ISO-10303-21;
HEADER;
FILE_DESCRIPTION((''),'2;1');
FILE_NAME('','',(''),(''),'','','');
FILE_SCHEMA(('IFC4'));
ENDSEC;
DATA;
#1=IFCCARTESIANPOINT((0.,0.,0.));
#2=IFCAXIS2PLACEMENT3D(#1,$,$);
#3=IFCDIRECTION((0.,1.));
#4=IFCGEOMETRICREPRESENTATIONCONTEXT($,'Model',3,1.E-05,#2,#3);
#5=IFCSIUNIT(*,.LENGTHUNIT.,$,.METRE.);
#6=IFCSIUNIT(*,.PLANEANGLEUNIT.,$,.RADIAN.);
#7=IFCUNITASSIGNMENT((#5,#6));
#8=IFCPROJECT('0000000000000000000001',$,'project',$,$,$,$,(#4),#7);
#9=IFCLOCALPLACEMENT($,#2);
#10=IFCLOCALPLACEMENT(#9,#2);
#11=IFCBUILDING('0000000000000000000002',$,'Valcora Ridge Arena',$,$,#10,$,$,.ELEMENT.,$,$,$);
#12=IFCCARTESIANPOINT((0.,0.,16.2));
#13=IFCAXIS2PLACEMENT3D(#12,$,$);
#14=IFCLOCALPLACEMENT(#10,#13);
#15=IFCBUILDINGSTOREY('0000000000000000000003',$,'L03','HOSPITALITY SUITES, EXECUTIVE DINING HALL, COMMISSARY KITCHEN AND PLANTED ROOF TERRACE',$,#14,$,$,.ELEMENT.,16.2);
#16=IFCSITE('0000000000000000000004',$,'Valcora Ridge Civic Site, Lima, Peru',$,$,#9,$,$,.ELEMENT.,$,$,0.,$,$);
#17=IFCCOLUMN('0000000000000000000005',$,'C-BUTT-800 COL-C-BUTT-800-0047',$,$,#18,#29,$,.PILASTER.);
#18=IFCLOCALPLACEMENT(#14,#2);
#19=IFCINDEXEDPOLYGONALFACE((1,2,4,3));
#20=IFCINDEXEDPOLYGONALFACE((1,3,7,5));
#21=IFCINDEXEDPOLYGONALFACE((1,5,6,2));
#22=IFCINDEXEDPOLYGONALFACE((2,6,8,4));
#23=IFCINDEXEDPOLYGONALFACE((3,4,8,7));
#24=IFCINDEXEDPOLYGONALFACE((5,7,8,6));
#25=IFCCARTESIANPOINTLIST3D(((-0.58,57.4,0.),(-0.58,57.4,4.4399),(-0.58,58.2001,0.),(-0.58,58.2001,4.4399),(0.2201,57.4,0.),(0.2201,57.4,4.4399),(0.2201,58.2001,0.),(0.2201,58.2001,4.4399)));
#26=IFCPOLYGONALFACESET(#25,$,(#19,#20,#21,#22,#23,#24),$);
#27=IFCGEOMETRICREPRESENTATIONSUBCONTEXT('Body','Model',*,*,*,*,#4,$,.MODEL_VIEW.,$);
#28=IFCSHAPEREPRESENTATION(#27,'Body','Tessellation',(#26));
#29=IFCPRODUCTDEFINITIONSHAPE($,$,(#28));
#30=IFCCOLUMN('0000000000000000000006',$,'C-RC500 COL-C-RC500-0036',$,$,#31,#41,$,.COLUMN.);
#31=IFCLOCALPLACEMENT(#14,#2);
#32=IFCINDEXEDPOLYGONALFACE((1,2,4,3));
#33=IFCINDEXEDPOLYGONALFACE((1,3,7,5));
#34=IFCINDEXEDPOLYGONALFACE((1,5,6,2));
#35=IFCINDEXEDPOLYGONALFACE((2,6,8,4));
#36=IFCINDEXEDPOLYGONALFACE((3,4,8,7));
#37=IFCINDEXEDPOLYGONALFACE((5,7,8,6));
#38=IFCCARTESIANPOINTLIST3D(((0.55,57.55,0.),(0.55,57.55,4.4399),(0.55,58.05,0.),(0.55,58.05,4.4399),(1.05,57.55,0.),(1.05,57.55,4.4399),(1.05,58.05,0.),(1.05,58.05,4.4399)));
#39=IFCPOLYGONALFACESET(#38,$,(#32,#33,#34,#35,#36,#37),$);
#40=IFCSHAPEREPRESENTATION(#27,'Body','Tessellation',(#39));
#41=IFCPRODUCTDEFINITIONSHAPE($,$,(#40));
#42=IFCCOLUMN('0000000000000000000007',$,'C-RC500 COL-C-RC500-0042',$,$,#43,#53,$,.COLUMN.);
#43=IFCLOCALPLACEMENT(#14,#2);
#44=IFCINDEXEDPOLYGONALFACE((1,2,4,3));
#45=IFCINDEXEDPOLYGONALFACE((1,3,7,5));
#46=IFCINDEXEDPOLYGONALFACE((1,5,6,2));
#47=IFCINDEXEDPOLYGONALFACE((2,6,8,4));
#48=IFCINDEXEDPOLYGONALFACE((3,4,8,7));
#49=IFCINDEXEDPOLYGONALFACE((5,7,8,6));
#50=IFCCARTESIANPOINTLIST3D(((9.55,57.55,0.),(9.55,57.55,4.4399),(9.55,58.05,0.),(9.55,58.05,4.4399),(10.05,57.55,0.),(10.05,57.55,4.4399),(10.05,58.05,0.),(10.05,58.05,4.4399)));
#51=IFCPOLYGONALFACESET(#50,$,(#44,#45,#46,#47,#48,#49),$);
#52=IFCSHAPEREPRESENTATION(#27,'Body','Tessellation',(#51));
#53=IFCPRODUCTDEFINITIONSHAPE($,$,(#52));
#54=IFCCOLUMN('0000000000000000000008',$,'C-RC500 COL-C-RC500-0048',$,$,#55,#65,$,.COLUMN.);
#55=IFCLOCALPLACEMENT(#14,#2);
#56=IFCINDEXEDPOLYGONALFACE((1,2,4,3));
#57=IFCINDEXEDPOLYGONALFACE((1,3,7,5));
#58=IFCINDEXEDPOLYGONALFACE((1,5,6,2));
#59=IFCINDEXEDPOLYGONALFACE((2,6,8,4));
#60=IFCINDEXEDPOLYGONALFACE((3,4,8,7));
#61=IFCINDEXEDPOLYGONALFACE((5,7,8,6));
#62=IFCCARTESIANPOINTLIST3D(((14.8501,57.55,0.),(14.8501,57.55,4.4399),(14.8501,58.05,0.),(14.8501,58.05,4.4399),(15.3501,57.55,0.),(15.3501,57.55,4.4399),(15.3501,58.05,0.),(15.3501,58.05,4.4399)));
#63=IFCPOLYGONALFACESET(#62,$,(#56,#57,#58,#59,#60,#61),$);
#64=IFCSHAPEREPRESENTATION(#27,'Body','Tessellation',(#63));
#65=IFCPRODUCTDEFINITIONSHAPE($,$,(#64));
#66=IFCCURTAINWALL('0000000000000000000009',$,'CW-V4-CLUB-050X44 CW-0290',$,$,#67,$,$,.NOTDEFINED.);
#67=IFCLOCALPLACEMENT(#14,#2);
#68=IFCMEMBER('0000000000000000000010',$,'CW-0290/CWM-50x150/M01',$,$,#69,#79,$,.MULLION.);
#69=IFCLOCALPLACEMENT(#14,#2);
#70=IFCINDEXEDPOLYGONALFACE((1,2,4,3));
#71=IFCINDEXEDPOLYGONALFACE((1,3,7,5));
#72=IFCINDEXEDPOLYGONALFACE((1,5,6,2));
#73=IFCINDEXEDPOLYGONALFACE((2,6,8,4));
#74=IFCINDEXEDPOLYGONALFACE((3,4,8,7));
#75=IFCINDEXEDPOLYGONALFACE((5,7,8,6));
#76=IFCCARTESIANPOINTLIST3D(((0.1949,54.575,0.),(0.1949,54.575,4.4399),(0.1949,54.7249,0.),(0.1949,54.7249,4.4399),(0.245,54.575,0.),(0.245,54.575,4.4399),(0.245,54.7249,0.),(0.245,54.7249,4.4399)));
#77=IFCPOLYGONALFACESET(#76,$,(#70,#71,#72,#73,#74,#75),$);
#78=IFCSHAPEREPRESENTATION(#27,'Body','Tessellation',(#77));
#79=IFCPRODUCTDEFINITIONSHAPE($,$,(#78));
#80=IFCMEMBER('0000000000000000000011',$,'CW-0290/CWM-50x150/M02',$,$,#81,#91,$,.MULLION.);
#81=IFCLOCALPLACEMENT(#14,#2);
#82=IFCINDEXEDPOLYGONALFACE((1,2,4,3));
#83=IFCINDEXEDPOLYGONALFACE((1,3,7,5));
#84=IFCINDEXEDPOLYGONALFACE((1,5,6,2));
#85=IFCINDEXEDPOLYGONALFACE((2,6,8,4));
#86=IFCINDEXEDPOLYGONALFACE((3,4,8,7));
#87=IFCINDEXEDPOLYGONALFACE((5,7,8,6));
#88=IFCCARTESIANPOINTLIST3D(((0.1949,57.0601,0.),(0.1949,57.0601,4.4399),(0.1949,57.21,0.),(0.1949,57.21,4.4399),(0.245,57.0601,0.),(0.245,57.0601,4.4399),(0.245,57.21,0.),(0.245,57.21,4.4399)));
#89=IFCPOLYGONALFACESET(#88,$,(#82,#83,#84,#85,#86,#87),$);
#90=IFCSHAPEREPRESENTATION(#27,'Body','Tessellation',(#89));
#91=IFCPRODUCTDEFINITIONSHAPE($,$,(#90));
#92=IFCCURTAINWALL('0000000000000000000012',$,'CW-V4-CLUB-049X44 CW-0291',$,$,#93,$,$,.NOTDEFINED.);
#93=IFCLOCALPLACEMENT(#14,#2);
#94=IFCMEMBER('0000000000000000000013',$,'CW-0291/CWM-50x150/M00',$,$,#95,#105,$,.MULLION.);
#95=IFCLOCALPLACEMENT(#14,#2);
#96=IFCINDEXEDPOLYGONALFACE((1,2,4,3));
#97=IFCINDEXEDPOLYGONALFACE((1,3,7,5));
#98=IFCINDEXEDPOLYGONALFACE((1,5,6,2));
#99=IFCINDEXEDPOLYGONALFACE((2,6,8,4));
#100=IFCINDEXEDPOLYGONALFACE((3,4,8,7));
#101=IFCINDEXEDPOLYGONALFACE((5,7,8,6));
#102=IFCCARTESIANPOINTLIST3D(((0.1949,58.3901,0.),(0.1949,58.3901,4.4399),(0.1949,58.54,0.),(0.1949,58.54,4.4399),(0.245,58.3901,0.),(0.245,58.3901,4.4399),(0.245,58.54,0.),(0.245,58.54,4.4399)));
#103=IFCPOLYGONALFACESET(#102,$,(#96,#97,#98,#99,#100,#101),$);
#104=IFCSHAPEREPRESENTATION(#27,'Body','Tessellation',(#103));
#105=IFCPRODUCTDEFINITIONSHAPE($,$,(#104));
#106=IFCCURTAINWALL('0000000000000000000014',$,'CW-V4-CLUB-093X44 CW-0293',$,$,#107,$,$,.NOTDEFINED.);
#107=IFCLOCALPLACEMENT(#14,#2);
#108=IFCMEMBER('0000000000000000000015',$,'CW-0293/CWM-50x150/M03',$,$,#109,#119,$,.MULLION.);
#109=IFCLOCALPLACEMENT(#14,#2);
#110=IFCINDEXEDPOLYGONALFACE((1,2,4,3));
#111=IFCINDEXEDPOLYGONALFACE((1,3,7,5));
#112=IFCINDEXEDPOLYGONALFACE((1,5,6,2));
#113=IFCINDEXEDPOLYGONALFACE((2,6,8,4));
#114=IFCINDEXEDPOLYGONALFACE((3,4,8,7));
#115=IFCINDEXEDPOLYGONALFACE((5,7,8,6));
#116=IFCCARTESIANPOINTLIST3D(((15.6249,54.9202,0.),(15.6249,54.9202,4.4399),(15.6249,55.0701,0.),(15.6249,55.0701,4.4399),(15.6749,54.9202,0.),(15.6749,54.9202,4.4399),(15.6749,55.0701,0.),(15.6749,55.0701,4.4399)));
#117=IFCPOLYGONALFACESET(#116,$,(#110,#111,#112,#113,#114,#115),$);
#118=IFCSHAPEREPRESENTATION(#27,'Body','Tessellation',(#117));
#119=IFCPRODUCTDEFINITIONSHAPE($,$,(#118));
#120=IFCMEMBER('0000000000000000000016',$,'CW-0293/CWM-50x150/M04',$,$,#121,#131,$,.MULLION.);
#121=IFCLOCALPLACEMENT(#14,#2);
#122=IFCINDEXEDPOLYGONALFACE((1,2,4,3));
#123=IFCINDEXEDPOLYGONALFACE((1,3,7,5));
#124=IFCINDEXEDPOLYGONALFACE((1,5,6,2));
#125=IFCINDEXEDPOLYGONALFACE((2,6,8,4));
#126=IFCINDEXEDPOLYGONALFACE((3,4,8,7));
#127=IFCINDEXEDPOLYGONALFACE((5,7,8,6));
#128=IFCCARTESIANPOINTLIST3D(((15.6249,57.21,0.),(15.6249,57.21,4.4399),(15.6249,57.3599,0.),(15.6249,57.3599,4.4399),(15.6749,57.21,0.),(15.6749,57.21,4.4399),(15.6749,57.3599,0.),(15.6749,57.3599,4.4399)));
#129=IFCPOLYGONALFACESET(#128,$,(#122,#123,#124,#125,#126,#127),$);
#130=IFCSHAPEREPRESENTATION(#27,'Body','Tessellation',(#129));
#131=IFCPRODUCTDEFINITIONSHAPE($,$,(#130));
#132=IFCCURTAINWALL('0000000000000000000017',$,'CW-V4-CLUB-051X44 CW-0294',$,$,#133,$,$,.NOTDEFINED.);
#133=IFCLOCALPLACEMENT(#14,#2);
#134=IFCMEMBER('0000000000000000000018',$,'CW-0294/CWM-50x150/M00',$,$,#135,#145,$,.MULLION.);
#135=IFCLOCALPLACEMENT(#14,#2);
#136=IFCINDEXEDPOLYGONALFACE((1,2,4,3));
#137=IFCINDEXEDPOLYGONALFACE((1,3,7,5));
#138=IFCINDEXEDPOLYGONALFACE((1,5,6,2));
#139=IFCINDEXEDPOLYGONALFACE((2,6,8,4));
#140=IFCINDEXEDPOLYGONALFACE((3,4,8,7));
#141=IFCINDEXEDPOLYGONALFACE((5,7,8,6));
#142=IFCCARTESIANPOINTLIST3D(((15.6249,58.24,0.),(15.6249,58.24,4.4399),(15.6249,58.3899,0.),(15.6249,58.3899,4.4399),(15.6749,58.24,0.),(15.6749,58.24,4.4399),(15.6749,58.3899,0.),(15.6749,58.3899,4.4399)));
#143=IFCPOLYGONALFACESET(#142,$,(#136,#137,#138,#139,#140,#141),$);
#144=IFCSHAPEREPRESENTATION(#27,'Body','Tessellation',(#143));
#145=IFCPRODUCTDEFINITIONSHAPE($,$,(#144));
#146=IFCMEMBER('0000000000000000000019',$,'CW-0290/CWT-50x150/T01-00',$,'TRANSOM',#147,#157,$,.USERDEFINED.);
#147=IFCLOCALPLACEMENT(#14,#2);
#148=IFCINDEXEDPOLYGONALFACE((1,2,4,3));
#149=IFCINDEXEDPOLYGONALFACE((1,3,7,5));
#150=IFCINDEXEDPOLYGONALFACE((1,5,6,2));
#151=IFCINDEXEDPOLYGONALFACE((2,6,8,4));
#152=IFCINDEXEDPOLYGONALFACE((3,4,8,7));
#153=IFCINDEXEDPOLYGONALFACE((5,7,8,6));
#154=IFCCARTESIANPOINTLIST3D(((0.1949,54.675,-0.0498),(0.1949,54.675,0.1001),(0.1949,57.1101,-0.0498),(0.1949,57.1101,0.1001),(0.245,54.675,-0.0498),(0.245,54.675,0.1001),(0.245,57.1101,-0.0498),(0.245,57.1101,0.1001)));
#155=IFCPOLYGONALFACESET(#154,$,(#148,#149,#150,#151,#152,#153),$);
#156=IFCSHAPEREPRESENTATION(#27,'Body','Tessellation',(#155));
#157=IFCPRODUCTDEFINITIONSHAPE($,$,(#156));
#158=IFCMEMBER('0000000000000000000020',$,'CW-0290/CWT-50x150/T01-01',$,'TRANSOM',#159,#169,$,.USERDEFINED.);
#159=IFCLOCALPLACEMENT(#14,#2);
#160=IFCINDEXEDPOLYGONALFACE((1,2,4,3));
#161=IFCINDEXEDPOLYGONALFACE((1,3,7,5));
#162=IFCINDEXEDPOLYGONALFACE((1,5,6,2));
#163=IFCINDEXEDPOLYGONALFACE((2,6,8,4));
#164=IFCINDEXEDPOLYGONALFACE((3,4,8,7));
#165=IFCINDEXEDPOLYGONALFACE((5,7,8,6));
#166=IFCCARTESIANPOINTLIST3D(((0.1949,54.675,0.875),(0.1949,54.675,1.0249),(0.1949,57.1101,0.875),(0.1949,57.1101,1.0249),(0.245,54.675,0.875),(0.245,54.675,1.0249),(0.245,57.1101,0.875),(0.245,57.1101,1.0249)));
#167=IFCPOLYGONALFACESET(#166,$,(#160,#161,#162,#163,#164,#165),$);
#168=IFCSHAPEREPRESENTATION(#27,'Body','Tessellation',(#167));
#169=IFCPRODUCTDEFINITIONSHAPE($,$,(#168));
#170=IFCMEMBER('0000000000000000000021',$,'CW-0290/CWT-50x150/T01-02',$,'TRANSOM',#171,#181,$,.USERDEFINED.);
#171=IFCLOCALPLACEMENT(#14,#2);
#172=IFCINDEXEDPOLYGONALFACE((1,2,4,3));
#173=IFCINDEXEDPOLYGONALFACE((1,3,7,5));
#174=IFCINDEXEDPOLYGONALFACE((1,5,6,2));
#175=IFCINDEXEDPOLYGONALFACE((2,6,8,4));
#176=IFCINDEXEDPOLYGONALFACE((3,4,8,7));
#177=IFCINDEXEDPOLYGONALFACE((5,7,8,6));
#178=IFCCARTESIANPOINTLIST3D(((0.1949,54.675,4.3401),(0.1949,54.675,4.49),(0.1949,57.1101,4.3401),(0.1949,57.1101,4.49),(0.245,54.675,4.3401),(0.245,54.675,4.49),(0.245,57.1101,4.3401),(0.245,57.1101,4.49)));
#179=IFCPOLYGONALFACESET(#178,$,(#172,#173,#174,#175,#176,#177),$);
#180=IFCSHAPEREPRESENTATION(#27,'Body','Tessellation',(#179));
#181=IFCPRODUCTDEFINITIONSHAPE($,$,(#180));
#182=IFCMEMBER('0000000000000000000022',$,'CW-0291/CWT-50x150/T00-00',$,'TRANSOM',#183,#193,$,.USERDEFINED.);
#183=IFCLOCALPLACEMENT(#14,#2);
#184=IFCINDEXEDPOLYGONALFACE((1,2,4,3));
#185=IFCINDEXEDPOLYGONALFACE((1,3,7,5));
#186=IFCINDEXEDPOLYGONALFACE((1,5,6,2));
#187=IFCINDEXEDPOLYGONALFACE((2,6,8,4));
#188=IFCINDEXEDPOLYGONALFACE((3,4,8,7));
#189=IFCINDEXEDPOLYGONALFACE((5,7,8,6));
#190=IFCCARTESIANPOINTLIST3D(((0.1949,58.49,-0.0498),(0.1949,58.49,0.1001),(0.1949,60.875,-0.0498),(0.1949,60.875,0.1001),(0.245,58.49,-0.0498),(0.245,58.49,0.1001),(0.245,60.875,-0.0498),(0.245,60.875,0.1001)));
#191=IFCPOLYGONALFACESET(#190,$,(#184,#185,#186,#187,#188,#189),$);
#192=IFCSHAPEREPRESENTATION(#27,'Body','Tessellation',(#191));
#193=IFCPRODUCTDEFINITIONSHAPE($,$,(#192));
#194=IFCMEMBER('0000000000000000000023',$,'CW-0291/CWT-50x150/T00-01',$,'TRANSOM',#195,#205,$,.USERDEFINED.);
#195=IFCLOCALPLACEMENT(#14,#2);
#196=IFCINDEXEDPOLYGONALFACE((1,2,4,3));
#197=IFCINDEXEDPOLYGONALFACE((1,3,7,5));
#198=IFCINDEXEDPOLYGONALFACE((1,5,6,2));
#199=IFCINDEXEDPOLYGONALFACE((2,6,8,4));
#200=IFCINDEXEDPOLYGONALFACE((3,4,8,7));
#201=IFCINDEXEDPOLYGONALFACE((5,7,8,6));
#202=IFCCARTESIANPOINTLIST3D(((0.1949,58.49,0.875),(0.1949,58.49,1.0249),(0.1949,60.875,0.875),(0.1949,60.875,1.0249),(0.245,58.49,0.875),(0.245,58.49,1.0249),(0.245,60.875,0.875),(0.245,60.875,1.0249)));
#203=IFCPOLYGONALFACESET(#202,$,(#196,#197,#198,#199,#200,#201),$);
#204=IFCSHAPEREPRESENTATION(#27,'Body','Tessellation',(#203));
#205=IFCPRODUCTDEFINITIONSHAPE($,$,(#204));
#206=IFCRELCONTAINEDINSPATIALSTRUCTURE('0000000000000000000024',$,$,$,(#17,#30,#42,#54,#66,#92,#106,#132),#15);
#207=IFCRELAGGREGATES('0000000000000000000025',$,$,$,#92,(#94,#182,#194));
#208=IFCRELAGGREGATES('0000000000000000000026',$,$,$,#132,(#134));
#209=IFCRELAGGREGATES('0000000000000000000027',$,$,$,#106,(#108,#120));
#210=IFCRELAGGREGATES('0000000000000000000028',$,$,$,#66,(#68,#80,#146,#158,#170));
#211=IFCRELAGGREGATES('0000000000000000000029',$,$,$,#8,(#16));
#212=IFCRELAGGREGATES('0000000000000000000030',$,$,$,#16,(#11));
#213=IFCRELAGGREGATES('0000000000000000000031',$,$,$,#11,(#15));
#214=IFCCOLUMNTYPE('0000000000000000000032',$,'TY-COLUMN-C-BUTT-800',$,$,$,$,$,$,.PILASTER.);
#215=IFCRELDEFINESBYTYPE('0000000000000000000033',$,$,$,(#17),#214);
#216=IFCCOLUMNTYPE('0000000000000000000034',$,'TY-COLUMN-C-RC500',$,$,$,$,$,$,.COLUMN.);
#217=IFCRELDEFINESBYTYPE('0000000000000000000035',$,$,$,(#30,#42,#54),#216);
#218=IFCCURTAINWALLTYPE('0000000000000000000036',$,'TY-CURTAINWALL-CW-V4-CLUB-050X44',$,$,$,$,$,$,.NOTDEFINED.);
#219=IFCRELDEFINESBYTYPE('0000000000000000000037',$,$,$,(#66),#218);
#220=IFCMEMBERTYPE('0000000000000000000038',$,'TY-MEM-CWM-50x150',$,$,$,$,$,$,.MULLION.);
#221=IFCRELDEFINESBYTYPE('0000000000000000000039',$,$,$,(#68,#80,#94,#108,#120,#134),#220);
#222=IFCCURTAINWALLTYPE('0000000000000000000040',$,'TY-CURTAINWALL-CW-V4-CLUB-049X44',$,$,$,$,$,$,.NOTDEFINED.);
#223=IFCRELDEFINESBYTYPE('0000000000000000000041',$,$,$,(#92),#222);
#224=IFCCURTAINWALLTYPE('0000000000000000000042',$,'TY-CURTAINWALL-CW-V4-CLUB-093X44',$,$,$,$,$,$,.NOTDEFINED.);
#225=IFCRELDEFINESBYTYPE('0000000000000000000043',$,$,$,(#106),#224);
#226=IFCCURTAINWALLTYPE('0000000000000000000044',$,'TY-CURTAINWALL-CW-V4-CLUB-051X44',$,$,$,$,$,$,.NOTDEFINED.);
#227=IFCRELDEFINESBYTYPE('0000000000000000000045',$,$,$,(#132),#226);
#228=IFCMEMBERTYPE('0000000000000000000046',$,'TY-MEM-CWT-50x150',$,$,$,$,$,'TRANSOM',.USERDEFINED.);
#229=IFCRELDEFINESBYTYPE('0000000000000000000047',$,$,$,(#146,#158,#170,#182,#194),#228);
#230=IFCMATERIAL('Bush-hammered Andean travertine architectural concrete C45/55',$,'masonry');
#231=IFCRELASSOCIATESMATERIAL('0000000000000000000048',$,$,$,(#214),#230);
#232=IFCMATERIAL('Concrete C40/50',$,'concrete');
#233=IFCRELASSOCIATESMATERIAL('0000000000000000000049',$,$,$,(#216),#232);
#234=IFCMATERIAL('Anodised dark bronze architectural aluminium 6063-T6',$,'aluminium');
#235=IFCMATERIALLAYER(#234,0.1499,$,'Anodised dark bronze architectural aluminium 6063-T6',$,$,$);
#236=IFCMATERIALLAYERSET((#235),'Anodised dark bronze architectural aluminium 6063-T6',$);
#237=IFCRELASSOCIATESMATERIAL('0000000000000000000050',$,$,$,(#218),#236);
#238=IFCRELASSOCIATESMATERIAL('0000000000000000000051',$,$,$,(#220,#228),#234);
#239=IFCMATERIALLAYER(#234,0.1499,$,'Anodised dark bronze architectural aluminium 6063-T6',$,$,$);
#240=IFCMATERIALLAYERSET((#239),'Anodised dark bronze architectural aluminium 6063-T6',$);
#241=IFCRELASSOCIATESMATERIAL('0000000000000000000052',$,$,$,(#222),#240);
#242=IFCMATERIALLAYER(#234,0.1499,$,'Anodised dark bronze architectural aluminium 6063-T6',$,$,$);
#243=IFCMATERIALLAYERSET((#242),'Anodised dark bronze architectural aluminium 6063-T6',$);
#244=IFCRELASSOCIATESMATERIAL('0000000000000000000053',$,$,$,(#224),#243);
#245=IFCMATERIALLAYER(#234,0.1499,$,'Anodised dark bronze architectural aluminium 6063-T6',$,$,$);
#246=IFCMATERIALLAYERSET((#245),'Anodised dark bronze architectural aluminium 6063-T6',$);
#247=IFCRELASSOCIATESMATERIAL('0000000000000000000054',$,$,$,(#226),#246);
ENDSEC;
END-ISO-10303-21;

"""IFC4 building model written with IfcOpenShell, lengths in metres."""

from ifc_helpers import new_model, si_unit, direction, frame, origin, origin_2d, place, context, subcontext, project, spatial, rectangle, extrude, material, layer, layer_set, material_profile, profile_set, type_object, element, aggregate, save


model = new_model("IFC4")

# Units and contexts
model_context = context("Model", 3, precision=1e-05, world=origin(), true_north=direction((0.0, 1.0)))
body_context = subcontext(model_context, "Body", "Model", "MODEL_VIEW")
ifc_project = project(units=[si_unit("LENGTHUNIT", "METRE"), si_unit("PLANEANGLEUNIT", "RADIAN")], contexts=[model_context])

# Site, building, storey
site_placement = place(None, origin())
site = spatial("IfcSite", under=ifc_project, at=site_placement, Name="Valcora Ridge Civic Site, Lima, Peru", CompositionType="ELEMENT", RefElevation=0.0)
building_placement = place(site_placement, origin())
building = spatial("IfcBuilding", under=site, at=building_placement, Name="Valcora Ridge Arena", CompositionType="ELEMENT")
storey_placement = place(building_placement, frame((0.0, 0.0, 16.2)))
storey = spatial("IfcBuildingStorey", under=building, at=storey_placement, Name="L03", Description="HOSPITALITY SUITES, EXECUTIVE DINING HALL, COMMISSARY KITCHEN AND PLANTED ROOF TERRACE", CompositionType="ELEMENT", Elevation=16.2)

# Columns
ifc_material_1 = material(Name="Bush-hammered Andean travertine architectural concrete C45/55", Category="masonry")
ifc_material_profile_1 = material_profile(ifc_material_1, rectangle(XDim=0.8, YDim=0.8, at=origin_2d()), Name="RC 800x800")
ifc_profile_set_1 = profile_set([ifc_material_profile_1], Name="Bush-hammered Andean travertine architectural concrete C45/55")
column_type_1 = type_object("IfcColumnType", Name="TY-COLUMN-C-BUTT-800", PredefinedType="PILASTER", material=ifc_profile_set_1)
column_placement = place(storey_placement, frame((-0.1799, 57.8, 0.0), z_axis=(0.0, 0.0, 1.0), x_axis=(1.0, 0.0, 0.0)))
element("IfcColumn", 1, at=column_placement, inside=storey, type_object=column_type_1, Name="C-BUTT-800 COL-C-BUTT-800-0047", PredefinedType="PILASTER", context=body_context, shape_type="SweptSolid", body=[
    extrude(rectangle(XDim=0.8, YDim=0.8, at=origin_2d()), origin(), (0.0, 0.0, 1.0), 4.4399),
])
ifc_material_2 = material(Name="Concrete C40/50", Category="concrete")
ifc_material_profile_2 = material_profile(ifc_material_2, rectangle(XDim=0.5, YDim=0.5, at=origin_2d()), Name="RC 500x500")
ifc_profile_set_2 = profile_set([ifc_material_profile_2], Name="Concrete C40/50")
column_type_2 = type_object("IfcColumnType", Name="TY-COLUMN-C-RC500", PredefinedType="COLUMN", material=ifc_profile_set_2)
for number, where, z_axis, x_axis, name in (
    (2, (0.8, 57.8, 0.0), (0.0, 0.0, 1.0), (1.0, 0.0, 0.0), "C-RC500 COL-C-RC500-0036"),
    (3, (9.8, 57.8, 0.0), (0.0, 0.0, 1.0), (1.0, 0.0, 0.0), "C-RC500 COL-C-RC500-0042"),
    (4, (15.1001, 57.8, 0.0), (0.0, 0.0, 1.0), (1.0, 0.0, 0.0), "C-RC500 COL-C-RC500-0048"),
):
    element("IfcColumn", number, at=place(storey_placement, frame(where, z_axis=z_axis, x_axis=x_axis)), inside=storey, type_object=column_type_2, Name=name, PredefinedType="COLUMN", context=body_context, shape_type="SweptSolid", body=[
        extrude(rectangle(XDim=0.5, YDim=0.5, at=origin_2d()), origin(), (0.0, 0.0, 1.0), 4.4399),
    ])

# Curtain wall, members
ifc_material_3 = material(Name="Anodised dark bronze architectural aluminium 6063-T6", Category="aluminium")
ifc_layer_1 = layer(ifc_material_3, 0.1499, Name="Anodised dark bronze architectural aluminium 6063-T6")
ifc_layer_set_1 = layer_set([ifc_layer_1], Name="Anodised dark bronze architectural aluminium 6063-T6")
curtain_wall_type_1 = type_object("IfcCurtainWallType", Name="TY-CURTAINWALL-CW-V4-CLUB-050X44", PredefinedType="NOTDEFINED", material=ifc_layer_set_1)
curtain_wall_1_placement = place(storey_placement, origin())
curtain_wall_1 = element("IfcCurtainWall", 5, at=curtain_wall_1_placement, inside=storey, type_object=curtain_wall_type_1, Name="CW-V4-CLUB-050X44 CW-0290", PredefinedType="NOTDEFINED")
ifc_material_profile_3 = material_profile(ifc_material_3, rectangle(XDim=0.05, YDim=0.1499, at=origin_2d()), Name="ALU MULLION 50x150")
ifc_profile_set_3 = profile_set([ifc_material_profile_3], Name="Anodised dark bronze architectural aluminium 6063-T6")
member_type_1 = type_object("IfcMemberType", Name="TY-MEM-CWM-50x150", PredefinedType="MULLION", material=ifc_profile_set_3)
member_1_placement = place(storey_placement, frame((0.22, 54.6499, 0.0), z_axis=(0.0, 0.0, 1.0), x_axis=(-1.0, 0.0, 0.0)))
member_1 = element("IfcMember", 6, at=member_1_placement, type_object=member_type_1, Name="CW-0290/CWM-50x150/M01", PredefinedType="MULLION", context=body_context, shape_type="SweptSolid", body=[
    extrude(rectangle(XDim=0.05, YDim=0.1499, at=origin_2d()), origin(), (0.0, 0.0, 1.0), 4.4399),
])
member_2_placement = place(storey_placement, frame((0.22, 57.135, 0.0), z_axis=(0.0, 0.0, 1.0), x_axis=(-1.0, 0.0, 0.0)))
member_2 = element("IfcMember", 7, at=member_2_placement, type_object=member_type_1, Name="CW-0290/CWM-50x150/M02", PredefinedType="MULLION", context=body_context, shape_type="SweptSolid", body=[
    extrude(rectangle(XDim=0.05, YDim=0.1499, at=origin_2d()), origin(), (0.0, 0.0, 1.0), 4.4399),
])

# Curtain wall, member
ifc_layer_2 = layer(ifc_material_3, 0.1499, Name="Anodised dark bronze architectural aluminium 6063-T6")
ifc_layer_set_2 = layer_set([ifc_layer_2], Name="Anodised dark bronze architectural aluminium 6063-T6")
curtain_wall_type_2 = type_object("IfcCurtainWallType", Name="TY-CURTAINWALL-CW-V4-CLUB-049X44", PredefinedType="NOTDEFINED", material=ifc_layer_set_2)
curtain_wall_2_placement = place(storey_placement, origin())
curtain_wall_2 = element("IfcCurtainWall", 8, at=curtain_wall_2_placement, inside=storey, type_object=curtain_wall_type_2, Name="CW-V4-CLUB-049X44 CW-0291", PredefinedType="NOTDEFINED")
member_3_placement = place(storey_placement, frame((0.22, 58.4651, 0.0), z_axis=(0.0, 0.0, 1.0), x_axis=(-1.0, 0.0, 0.0)))
member_3 = element("IfcMember", 9, at=member_3_placement, type_object=member_type_1, Name="CW-0291/CWM-50x150/M00", PredefinedType="MULLION", context=body_context, shape_type="SweptSolid", body=[
    extrude(rectangle(XDim=0.05, YDim=0.1499, at=origin_2d()), origin(), (0.0, 0.0, 1.0), 4.4399),
])

# Curtain wall, members
ifc_layer_3 = layer(ifc_material_3, 0.1499, Name="Anodised dark bronze architectural aluminium 6063-T6")
ifc_layer_set_3 = layer_set([ifc_layer_3], Name="Anodised dark bronze architectural aluminium 6063-T6")
curtain_wall_type_3 = type_object("IfcCurtainWallType", Name="TY-CURTAINWALL-CW-V4-CLUB-093X44", PredefinedType="NOTDEFINED", material=ifc_layer_set_3)
curtain_wall_3_placement = place(storey_placement, origin())
curtain_wall_3 = element("IfcCurtainWall", 10, at=curtain_wall_3_placement, inside=storey, type_object=curtain_wall_type_3, Name="CW-V4-CLUB-093X44 CW-0293", PredefinedType="NOTDEFINED")
member_4_placement = place(storey_placement, frame((15.6499, 54.9951, 0.0), z_axis=(0.0, 0.0, 1.0), x_axis=(-1.0, 0.0, 0.0)))
member_4 = element("IfcMember", 11, at=member_4_placement, type_object=member_type_1, Name="CW-0293/CWM-50x150/M03", PredefinedType="MULLION", context=body_context, shape_type="SweptSolid", body=[
    extrude(rectangle(XDim=0.05, YDim=0.1499, at=origin_2d()), origin(), (0.0, 0.0, 1.0), 4.4399),
])
member_5_placement = place(storey_placement, frame((15.6499, 57.2849, 0.0), z_axis=(0.0, 0.0, 1.0), x_axis=(-1.0, 0.0, 0.0)))
member_5 = element("IfcMember", 12, at=member_5_placement, type_object=member_type_1, Name="CW-0293/CWM-50x150/M04", PredefinedType="MULLION", context=body_context, shape_type="SweptSolid", body=[
    extrude(rectangle(XDim=0.05, YDim=0.1499, at=origin_2d()), origin(), (0.0, 0.0, 1.0), 4.4399),
])

# Curtain wall, member
ifc_layer_4 = layer(ifc_material_3, 0.1499, Name="Anodised dark bronze architectural aluminium 6063-T6")
ifc_layer_set_4 = layer_set([ifc_layer_4], Name="Anodised dark bronze architectural aluminium 6063-T6")
curtain_wall_type_4 = type_object("IfcCurtainWallType", Name="TY-CURTAINWALL-CW-V4-CLUB-051X44", PredefinedType="NOTDEFINED", material=ifc_layer_set_4)
curtain_wall_4_placement = place(storey_placement, origin())
curtain_wall_4 = element("IfcCurtainWall", 13, at=curtain_wall_4_placement, inside=storey, type_object=curtain_wall_type_4, Name="CW-V4-CLUB-051X44 CW-0294", PredefinedType="NOTDEFINED")
member_6_placement = place(storey_placement, frame((15.6499, 58.3149, 0.0), z_axis=(0.0, 0.0, 1.0), x_axis=(-1.0, 0.0, 0.0)))
member_6 = element("IfcMember", 14, at=member_6_placement, type_object=member_type_1, Name="CW-0294/CWM-50x150/M00", PredefinedType="MULLION", context=body_context, shape_type="SweptSolid", body=[
    extrude(rectangle(XDim=0.05, YDim=0.1499, at=origin_2d()), origin(), (0.0, 0.0, 1.0), 4.4399),
])

# Members
ifc_material_profile_4 = material_profile(ifc_material_3, rectangle(XDim=0.05, YDim=0.1499, at=origin_2d()), Name="ALU TRANSOM 50x150")
ifc_profile_set_4 = profile_set([ifc_material_profile_4], Name="Anodised dark bronze architectural aluminium 6063-T6")
member_type_2 = type_object("IfcMemberType", Name="TY-MEM-CWT-50x150", ElementType="TRANSOM", PredefinedType="USERDEFINED", material=ifc_profile_set_4)
member_7_placement = place(storey_placement, frame((0.22, 54.675, 0.0251), z_axis=(0.0, 1.0, 0.0), x_axis=(-1.0, 0.0, 0.0)))
member_7 = element("IfcMember", 15, at=member_7_placement, type_object=member_type_2, Name="CW-0290/CWT-50x150/T01-00", ObjectType="TRANSOM", PredefinedType="USERDEFINED", context=body_context, shape_type="SweptSolid", body=[
    extrude(rectangle(XDim=0.05, YDim=0.1499, at=origin_2d()), origin(), (0.0, 0.0, 1.0), 2.4351),
])
member_8_placement = place(storey_placement, frame((0.22, 54.675, 0.95), z_axis=(0.0, 1.0, 0.0), x_axis=(-1.0, 0.0, 0.0)))
member_8 = element("IfcMember", 16, at=member_8_placement, type_object=member_type_2, Name="CW-0290/CWT-50x150/T01-01", ObjectType="TRANSOM", PredefinedType="USERDEFINED", context=body_context, shape_type="SweptSolid", body=[
    extrude(rectangle(XDim=0.05, YDim=0.1499, at=origin_2d()), origin(), (0.0, 0.0, 1.0), 2.4351),
])
member_9_placement = place(storey_placement, frame((0.22, 54.675, 4.415), z_axis=(0.0, 1.0, 0.0), x_axis=(-1.0, 0.0, 0.0)))
member_9 = element("IfcMember", 17, at=member_9_placement, type_object=member_type_2, Name="CW-0290/CWT-50x150/T01-02", ObjectType="TRANSOM", PredefinedType="USERDEFINED", context=body_context, shape_type="SweptSolid", body=[
    extrude(rectangle(XDim=0.05, YDim=0.1499, at=origin_2d()), origin(), (0.0, 0.0, 1.0), 2.4351),
])
member_10_placement = place(storey_placement, frame((0.22, 58.49, 0.0251), z_axis=(0.0, 1.0, 0.0), x_axis=(-1.0, 0.0, 0.0)))
member_10 = element("IfcMember", 18, at=member_10_placement, type_object=member_type_2, Name="CW-0291/CWT-50x150/T00-00", ObjectType="TRANSOM", PredefinedType="USERDEFINED", context=body_context, shape_type="SweptSolid", body=[
    extrude(rectangle(XDim=0.05, YDim=0.1499, at=origin_2d()), origin(), (0.0, 0.0, 1.0), 2.385),
])
member_11_placement = place(storey_placement, frame((0.22, 58.49, 0.95), z_axis=(0.0, 1.0, 0.0), x_axis=(-1.0, 0.0, 0.0)))
member_11 = element("IfcMember", 19, at=member_11_placement, type_object=member_type_2, Name="CW-0291/CWT-50x150/T00-01", ObjectType="TRANSOM", PredefinedType="USERDEFINED", context=body_context, shape_type="SweptSolid", body=[
    extrude(rectangle(XDim=0.05, YDim=0.1499, at=origin_2d()), origin(), (0.0, 0.0, 1.0), 2.385),
])
aggregate(curtain_wall_2, [member_3, member_10, member_11])
aggregate(curtain_wall_4, [member_6])

aggregate(curtain_wall_3, [member_4, member_5])
aggregate(curtain_wall_1, [member_1, member_2, member_7, member_8, member_9])

save(model, "model.ifc")
